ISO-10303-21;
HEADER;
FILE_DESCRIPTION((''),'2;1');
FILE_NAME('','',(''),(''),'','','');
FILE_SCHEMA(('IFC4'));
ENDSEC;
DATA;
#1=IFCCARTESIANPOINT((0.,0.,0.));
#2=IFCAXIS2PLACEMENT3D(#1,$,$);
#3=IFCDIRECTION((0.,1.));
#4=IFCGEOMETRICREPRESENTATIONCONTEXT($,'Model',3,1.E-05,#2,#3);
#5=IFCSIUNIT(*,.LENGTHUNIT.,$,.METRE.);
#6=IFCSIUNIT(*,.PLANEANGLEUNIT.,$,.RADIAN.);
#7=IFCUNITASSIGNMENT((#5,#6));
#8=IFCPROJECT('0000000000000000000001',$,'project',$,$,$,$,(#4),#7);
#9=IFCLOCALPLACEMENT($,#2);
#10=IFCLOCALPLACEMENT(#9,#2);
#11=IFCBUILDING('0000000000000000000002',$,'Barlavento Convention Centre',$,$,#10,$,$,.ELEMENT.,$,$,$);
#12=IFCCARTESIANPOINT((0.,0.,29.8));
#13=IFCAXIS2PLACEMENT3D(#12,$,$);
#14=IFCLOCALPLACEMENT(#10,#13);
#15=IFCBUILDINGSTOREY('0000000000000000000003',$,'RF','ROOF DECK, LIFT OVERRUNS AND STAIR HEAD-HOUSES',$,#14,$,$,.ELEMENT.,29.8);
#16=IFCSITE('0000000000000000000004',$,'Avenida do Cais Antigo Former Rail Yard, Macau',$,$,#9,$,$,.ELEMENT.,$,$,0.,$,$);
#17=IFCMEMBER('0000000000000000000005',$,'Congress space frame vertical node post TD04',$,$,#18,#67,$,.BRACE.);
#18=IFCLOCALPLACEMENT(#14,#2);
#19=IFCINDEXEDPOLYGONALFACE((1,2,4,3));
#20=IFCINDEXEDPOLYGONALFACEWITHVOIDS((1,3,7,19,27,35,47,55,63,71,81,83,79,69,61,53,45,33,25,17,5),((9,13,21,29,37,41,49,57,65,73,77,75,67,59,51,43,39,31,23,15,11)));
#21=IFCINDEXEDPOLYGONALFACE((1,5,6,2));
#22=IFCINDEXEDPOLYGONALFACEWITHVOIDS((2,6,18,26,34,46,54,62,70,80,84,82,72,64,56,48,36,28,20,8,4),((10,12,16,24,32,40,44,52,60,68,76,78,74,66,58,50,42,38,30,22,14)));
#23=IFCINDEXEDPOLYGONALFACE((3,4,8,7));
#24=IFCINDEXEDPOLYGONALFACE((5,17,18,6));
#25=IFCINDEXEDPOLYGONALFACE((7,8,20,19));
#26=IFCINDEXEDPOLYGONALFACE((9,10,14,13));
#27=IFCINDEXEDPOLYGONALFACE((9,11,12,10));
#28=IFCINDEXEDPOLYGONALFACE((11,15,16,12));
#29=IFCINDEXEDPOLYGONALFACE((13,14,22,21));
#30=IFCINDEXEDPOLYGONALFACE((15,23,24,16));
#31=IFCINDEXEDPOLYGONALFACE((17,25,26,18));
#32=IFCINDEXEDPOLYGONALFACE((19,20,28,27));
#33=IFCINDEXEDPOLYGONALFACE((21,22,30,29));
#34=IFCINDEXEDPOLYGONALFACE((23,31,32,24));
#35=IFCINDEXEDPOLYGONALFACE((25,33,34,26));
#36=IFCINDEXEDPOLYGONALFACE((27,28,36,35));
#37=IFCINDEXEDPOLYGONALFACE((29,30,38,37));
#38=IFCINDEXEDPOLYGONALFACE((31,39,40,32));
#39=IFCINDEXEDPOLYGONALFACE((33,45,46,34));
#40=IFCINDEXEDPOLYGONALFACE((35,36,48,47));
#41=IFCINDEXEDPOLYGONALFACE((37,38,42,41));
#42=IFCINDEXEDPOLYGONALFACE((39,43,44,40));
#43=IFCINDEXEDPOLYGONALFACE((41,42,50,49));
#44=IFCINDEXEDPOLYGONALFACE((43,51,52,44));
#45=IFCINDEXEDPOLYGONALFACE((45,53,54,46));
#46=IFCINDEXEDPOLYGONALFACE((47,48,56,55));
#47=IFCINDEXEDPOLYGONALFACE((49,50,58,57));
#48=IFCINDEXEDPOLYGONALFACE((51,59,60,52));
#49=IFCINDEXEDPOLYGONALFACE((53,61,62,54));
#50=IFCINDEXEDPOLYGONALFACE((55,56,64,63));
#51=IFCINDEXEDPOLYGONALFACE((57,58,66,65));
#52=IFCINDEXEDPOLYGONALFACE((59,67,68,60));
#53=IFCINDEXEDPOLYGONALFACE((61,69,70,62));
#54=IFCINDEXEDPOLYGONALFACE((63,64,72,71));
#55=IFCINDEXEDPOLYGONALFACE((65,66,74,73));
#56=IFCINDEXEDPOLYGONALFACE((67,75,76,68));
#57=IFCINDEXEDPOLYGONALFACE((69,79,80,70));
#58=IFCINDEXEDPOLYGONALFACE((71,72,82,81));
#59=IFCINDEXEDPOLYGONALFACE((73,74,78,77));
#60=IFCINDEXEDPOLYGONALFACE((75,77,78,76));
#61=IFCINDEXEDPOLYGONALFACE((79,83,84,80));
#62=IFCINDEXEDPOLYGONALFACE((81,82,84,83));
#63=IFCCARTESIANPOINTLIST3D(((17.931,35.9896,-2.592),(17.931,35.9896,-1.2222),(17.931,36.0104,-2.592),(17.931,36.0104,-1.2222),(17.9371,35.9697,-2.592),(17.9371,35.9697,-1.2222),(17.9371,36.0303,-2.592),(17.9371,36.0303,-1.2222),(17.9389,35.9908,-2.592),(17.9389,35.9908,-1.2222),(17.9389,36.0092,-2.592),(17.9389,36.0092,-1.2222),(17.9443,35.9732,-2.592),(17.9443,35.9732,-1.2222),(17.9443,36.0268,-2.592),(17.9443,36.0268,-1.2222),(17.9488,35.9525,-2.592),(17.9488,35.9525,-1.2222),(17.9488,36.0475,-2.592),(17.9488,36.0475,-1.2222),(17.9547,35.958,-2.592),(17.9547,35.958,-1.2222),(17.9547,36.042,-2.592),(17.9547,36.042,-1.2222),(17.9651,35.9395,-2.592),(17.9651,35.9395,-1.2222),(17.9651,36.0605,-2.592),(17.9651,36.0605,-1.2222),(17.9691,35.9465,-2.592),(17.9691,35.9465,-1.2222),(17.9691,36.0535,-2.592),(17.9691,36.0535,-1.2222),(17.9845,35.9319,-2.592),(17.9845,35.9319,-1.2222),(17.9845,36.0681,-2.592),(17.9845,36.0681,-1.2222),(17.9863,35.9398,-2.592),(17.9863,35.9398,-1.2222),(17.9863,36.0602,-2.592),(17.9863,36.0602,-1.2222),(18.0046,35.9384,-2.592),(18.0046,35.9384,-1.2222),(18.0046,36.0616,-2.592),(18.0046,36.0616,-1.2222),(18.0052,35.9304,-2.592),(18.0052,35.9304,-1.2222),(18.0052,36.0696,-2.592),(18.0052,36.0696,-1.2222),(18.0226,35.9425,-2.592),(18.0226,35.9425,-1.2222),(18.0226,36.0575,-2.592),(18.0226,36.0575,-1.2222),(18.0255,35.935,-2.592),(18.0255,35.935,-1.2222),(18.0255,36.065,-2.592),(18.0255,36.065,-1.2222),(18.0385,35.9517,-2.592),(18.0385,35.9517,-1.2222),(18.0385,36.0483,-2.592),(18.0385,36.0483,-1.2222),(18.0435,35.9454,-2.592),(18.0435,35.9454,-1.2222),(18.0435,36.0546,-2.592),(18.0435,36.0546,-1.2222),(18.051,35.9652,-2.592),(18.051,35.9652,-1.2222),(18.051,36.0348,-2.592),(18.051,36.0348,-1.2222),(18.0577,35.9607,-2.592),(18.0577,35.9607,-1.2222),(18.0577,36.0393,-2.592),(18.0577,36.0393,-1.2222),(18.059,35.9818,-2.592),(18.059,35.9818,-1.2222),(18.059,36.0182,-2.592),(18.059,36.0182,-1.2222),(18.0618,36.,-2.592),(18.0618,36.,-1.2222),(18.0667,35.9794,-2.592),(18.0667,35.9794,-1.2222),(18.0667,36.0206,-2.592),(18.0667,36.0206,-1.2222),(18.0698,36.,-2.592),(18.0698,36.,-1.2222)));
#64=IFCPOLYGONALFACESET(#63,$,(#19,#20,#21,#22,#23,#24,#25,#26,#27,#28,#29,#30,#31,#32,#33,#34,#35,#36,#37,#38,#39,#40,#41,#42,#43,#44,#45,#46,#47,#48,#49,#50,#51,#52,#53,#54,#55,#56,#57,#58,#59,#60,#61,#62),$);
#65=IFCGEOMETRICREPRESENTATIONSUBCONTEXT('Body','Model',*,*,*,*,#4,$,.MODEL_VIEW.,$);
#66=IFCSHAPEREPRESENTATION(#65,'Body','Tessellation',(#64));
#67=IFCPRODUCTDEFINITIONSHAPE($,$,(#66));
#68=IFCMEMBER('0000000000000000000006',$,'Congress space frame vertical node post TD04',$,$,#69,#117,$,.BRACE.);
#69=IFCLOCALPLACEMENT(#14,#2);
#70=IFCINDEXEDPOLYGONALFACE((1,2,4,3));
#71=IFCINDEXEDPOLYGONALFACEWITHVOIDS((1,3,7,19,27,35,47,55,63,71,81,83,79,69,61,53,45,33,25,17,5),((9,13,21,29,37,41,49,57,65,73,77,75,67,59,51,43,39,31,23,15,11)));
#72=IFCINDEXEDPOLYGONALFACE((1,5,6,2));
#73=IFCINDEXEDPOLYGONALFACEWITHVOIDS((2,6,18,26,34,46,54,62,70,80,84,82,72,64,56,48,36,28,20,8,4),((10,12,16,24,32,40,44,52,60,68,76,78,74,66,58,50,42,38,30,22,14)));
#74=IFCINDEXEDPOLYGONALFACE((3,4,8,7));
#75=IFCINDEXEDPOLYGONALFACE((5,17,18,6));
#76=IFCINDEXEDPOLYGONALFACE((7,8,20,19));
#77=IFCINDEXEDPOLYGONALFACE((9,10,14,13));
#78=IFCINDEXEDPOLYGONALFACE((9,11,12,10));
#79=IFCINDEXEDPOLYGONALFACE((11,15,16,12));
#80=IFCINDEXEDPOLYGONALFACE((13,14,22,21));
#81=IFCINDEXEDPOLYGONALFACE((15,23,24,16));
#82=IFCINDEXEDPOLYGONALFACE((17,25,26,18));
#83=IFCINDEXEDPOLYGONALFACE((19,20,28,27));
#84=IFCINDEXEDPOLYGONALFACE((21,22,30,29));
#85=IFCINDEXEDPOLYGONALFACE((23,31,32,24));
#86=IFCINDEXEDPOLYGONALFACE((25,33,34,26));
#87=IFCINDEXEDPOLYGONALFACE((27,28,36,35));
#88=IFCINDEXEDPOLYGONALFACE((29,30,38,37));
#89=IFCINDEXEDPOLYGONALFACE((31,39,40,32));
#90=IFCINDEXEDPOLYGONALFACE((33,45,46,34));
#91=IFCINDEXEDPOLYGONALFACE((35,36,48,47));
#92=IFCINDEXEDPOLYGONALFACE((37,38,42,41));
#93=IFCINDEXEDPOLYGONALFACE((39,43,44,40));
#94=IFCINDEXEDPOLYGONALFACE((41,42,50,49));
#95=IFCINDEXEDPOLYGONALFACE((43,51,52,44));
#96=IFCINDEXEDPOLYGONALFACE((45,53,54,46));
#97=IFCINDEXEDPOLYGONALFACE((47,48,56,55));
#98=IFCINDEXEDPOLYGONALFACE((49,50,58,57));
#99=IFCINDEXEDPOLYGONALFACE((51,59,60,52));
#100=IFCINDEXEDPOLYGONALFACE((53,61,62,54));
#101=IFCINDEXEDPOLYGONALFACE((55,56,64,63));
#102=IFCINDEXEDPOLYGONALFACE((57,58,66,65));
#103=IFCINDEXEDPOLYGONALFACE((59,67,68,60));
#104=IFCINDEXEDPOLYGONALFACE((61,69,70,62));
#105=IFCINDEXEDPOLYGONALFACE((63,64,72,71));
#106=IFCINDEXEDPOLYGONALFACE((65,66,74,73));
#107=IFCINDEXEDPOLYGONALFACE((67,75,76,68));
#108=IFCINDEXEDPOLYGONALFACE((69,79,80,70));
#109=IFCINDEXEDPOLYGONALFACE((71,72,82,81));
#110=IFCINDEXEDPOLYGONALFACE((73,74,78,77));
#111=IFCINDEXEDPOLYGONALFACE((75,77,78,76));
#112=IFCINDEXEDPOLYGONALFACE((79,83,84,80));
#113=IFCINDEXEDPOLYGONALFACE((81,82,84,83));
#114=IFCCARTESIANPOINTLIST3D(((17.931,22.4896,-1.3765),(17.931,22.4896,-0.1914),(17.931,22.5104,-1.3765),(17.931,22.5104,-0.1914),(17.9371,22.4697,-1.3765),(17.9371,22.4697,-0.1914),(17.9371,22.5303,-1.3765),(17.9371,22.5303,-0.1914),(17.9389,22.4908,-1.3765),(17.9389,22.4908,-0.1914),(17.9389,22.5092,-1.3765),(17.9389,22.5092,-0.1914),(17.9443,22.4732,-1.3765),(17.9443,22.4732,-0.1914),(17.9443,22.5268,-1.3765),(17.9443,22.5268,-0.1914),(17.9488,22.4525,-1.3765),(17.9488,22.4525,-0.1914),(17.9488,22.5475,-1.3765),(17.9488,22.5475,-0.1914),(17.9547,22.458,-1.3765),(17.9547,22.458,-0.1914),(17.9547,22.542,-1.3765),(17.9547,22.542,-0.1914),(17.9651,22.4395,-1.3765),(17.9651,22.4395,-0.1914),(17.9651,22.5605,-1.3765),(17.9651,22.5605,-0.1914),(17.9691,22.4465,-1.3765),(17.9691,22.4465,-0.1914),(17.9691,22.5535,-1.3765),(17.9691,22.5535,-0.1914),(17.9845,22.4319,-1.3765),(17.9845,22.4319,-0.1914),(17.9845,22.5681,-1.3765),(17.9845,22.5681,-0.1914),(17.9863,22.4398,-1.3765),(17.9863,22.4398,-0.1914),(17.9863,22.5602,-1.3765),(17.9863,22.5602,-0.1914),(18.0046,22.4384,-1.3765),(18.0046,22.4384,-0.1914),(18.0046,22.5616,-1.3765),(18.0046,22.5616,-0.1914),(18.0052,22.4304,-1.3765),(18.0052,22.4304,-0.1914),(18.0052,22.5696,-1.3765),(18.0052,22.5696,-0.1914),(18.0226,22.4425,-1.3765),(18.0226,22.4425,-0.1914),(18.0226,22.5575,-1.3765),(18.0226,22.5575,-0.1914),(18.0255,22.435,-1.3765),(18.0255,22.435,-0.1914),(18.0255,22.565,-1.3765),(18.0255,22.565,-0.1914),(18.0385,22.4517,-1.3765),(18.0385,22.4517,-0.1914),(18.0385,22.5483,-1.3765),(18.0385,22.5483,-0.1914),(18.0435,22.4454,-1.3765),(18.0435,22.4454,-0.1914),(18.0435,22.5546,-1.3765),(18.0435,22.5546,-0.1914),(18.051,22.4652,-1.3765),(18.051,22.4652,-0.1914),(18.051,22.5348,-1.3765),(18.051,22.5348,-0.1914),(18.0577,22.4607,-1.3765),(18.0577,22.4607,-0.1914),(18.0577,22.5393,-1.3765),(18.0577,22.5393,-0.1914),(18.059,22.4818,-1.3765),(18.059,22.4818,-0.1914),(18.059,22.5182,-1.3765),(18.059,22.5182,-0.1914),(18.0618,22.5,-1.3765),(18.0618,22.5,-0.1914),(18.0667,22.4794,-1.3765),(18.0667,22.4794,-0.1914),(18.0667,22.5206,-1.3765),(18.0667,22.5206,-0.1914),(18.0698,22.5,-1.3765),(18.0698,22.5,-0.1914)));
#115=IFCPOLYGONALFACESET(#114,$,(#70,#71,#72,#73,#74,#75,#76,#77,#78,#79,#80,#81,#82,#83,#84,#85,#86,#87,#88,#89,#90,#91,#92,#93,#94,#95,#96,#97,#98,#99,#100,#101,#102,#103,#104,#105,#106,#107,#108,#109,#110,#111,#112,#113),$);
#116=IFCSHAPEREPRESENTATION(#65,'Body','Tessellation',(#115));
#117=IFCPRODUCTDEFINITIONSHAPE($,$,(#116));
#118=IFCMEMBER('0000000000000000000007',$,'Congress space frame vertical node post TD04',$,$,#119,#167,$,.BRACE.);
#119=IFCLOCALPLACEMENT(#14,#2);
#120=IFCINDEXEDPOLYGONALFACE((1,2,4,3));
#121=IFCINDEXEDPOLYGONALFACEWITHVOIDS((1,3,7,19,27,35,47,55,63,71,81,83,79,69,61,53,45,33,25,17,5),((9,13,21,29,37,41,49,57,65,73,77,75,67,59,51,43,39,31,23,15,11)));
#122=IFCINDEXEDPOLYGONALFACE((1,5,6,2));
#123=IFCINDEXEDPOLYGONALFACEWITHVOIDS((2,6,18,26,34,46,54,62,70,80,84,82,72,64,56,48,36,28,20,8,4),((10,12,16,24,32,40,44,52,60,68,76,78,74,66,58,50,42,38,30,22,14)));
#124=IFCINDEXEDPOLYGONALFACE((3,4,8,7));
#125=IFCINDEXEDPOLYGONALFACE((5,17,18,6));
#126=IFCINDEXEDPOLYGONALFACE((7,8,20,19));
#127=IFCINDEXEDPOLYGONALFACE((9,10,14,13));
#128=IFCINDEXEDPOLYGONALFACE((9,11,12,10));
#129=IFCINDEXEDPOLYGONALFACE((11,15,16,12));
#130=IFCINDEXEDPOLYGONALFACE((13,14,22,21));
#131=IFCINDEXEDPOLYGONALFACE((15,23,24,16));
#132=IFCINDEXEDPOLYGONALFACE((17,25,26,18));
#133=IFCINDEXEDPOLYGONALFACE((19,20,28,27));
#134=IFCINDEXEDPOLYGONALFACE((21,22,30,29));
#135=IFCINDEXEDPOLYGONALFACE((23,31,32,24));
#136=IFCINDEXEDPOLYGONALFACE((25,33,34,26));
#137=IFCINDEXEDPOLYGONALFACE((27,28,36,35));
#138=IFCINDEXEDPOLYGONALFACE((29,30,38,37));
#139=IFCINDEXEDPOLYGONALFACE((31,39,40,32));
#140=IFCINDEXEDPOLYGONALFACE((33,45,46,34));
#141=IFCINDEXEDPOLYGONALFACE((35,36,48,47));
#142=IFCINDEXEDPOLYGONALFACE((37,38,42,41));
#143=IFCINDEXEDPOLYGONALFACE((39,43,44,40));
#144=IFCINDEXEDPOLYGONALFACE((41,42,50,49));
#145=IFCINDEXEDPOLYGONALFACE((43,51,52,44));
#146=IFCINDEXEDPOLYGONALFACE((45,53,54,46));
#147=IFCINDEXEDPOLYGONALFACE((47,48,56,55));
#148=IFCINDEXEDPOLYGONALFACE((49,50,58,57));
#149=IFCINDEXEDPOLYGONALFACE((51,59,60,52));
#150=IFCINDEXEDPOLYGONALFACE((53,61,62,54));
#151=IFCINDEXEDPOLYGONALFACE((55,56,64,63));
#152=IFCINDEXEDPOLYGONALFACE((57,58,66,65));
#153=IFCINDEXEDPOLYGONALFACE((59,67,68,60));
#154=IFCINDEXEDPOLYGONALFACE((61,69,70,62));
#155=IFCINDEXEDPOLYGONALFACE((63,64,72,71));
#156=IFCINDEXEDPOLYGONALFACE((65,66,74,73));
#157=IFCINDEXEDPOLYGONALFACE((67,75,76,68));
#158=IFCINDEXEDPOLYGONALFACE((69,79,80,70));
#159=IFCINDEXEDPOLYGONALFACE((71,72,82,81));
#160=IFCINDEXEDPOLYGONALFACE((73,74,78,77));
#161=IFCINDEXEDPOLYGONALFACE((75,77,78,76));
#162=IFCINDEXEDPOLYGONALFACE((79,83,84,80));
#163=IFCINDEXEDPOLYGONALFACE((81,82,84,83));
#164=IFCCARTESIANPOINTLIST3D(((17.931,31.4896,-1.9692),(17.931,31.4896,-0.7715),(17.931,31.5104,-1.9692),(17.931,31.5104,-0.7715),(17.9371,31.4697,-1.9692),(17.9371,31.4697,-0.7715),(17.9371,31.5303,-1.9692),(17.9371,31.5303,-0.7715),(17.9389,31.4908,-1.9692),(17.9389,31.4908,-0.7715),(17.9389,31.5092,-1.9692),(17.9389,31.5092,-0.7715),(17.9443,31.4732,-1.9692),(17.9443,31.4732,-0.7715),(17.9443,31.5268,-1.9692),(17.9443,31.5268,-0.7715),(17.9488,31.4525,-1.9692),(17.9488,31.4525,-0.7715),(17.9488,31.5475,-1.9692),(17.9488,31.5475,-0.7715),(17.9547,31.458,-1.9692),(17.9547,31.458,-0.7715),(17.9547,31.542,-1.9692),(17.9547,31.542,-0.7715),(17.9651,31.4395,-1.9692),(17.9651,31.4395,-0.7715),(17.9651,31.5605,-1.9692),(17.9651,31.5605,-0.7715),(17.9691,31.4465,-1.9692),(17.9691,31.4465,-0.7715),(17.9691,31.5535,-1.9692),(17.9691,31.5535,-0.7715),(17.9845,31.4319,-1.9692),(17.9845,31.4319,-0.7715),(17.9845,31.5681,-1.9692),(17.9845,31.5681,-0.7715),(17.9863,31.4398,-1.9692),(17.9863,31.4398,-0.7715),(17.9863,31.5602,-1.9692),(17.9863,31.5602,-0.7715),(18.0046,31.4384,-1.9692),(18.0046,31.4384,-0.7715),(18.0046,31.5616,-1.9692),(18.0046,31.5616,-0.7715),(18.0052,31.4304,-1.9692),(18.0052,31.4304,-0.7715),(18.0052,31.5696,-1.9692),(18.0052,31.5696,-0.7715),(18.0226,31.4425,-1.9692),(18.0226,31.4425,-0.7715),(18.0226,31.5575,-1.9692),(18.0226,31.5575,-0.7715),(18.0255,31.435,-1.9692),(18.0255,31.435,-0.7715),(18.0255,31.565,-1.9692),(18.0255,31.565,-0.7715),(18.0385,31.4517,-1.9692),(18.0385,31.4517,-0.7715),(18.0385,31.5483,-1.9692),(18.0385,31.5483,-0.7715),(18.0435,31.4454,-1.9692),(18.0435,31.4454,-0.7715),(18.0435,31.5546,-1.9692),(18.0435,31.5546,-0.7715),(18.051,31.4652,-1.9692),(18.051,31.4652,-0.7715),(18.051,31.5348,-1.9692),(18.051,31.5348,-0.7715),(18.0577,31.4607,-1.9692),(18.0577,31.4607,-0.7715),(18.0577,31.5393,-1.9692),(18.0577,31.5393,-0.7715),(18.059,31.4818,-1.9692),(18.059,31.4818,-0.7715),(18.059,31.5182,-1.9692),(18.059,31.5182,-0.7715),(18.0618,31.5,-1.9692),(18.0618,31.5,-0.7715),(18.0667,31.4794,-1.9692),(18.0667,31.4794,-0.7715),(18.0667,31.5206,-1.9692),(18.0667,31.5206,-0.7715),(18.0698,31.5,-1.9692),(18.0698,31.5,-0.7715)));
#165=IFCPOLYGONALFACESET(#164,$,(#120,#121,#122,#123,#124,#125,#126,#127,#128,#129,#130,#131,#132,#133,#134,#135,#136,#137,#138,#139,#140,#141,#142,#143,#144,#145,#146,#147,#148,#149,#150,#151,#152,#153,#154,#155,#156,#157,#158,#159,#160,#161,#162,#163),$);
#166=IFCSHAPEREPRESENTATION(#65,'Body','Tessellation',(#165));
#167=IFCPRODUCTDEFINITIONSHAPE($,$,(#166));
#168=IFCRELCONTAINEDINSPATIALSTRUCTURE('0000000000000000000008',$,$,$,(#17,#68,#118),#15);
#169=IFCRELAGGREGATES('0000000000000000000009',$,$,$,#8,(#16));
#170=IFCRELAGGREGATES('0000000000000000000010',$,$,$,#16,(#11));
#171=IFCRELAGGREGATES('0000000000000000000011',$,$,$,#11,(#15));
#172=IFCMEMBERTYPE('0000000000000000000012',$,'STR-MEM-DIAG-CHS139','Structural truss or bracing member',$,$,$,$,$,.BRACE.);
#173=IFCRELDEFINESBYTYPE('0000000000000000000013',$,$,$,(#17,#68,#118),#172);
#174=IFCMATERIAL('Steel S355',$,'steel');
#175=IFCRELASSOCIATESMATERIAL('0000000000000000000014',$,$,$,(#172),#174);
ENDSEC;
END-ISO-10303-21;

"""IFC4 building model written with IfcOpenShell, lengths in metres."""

from ifc_helpers import new_model, si_unit, direction, frame, origin, origin_2d, place, context, subcontext, project, spatial, hollow_circle, extrude, material, material_profile, profile_set, type_object, element, save


model = new_model("IFC4")

# Units and contexts
model_context = context("Model", 3, precision=1e-05, world=origin(), true_north=direction((0.0, 1.0)))
body_context = subcontext(model_context, "Body", "Model", "MODEL_VIEW")
ifc_project = project(units=[si_unit("LENGTHUNIT", "METRE"), si_unit("PLANEANGLEUNIT", "RADIAN")], contexts=[model_context])

# Site, building, storey
site_placement = place(None, origin())
site = spatial("IfcSite", under=ifc_project, at=site_placement, Name="Avenida do Cais Antigo Former Rail Yard, Macau", CompositionType="ELEMENT", RefElevation=0.0)
building_placement = place(site_placement, origin())
building = spatial("IfcBuilding", under=site, at=building_placement, Name="Barlavento Convention Centre", CompositionType="ELEMENT")
storey_placement = place(building_placement, frame((0.0, 0.0, 29.8)))
storey = spatial("IfcBuildingStorey", under=building, at=storey_placement, Name="RF", Description="ROOF DECK, LIFT OVERRUNS AND STAIR HEAD-HOUSES", CompositionType="ELEMENT", Elevation=29.8)

# Members
ifc_material_1 = material(Name="Steel S355", Category="steel")
ifc_material_profile_1 = material_profile(ifc_material_1, hollow_circle(Radius=0.0698, WallThickness=0.0081, at=origin_2d()), Name="CHS 139.7x8.0")
ifc_profile_set_1 = profile_set([ifc_material_profile_1], Name="Steel S355")
member_type_1 = type_object("IfcMemberType", Name="STR-MEM-DIAG-CHS139", Description="Structural truss or bracing member", PredefinedType="BRACE", material=ifc_profile_set_1)
for number, where, z_axis, x_axis, name in (
    (1, (18.0, 36.0, -2.592), (0.0, 0.0, 1.0), (1.0, 0.0, 0.0), "Congress space frame vertical node post TD04"),
):
    element("IfcMember", number, at=place(storey_placement, frame(where, z_axis=z_axis, x_axis=x_axis)), inside=storey, type_object=member_type_1, Name=name, PredefinedType="BRACE", context=body_context, shape_type="SweptSolid", body=[
        extrude(hollow_circle(Radius=0.0698, WallThickness=0.0081, at=origin_2d()), origin(), (0.0, 0.0, 1.0), 1.3699),
    ])
member_1_placement = place(storey_placement, frame((18.0, 22.5, -1.3765), z_axis=(0.0, 0.0, 1.0), x_axis=(1.0, 0.0, 0.0)))
element("IfcMember", 2, at=member_1_placement, inside=storey, type_object=member_type_1, Name="Congress space frame vertical node post TD04", PredefinedType="BRACE", context=body_context, shape_type="SweptSolid", body=[
    extrude(hollow_circle(Radius=0.0698, WallThickness=0.0081, at=origin_2d()), origin(), (0.0, 0.0, 1.0), 1.1851),
])
member_2_placement = place(storey_placement, frame((18.0, 31.5, -1.9692), z_axis=(0.0, 0.0, 1.0), x_axis=(1.0, 0.0, 0.0)))
element("IfcMember", 3, at=member_2_placement, inside=storey, type_object=member_type_1, Name="Congress space frame vertical node post TD04", PredefinedType="BRACE", context=body_context, shape_type="SweptSolid", body=[
    extrude(hollow_circle(Radius=0.0698, WallThickness=0.0081, at=origin_2d()), origin(), (0.0, 0.0, 1.0), 1.1978),
])

save(model, "model.ifc")
